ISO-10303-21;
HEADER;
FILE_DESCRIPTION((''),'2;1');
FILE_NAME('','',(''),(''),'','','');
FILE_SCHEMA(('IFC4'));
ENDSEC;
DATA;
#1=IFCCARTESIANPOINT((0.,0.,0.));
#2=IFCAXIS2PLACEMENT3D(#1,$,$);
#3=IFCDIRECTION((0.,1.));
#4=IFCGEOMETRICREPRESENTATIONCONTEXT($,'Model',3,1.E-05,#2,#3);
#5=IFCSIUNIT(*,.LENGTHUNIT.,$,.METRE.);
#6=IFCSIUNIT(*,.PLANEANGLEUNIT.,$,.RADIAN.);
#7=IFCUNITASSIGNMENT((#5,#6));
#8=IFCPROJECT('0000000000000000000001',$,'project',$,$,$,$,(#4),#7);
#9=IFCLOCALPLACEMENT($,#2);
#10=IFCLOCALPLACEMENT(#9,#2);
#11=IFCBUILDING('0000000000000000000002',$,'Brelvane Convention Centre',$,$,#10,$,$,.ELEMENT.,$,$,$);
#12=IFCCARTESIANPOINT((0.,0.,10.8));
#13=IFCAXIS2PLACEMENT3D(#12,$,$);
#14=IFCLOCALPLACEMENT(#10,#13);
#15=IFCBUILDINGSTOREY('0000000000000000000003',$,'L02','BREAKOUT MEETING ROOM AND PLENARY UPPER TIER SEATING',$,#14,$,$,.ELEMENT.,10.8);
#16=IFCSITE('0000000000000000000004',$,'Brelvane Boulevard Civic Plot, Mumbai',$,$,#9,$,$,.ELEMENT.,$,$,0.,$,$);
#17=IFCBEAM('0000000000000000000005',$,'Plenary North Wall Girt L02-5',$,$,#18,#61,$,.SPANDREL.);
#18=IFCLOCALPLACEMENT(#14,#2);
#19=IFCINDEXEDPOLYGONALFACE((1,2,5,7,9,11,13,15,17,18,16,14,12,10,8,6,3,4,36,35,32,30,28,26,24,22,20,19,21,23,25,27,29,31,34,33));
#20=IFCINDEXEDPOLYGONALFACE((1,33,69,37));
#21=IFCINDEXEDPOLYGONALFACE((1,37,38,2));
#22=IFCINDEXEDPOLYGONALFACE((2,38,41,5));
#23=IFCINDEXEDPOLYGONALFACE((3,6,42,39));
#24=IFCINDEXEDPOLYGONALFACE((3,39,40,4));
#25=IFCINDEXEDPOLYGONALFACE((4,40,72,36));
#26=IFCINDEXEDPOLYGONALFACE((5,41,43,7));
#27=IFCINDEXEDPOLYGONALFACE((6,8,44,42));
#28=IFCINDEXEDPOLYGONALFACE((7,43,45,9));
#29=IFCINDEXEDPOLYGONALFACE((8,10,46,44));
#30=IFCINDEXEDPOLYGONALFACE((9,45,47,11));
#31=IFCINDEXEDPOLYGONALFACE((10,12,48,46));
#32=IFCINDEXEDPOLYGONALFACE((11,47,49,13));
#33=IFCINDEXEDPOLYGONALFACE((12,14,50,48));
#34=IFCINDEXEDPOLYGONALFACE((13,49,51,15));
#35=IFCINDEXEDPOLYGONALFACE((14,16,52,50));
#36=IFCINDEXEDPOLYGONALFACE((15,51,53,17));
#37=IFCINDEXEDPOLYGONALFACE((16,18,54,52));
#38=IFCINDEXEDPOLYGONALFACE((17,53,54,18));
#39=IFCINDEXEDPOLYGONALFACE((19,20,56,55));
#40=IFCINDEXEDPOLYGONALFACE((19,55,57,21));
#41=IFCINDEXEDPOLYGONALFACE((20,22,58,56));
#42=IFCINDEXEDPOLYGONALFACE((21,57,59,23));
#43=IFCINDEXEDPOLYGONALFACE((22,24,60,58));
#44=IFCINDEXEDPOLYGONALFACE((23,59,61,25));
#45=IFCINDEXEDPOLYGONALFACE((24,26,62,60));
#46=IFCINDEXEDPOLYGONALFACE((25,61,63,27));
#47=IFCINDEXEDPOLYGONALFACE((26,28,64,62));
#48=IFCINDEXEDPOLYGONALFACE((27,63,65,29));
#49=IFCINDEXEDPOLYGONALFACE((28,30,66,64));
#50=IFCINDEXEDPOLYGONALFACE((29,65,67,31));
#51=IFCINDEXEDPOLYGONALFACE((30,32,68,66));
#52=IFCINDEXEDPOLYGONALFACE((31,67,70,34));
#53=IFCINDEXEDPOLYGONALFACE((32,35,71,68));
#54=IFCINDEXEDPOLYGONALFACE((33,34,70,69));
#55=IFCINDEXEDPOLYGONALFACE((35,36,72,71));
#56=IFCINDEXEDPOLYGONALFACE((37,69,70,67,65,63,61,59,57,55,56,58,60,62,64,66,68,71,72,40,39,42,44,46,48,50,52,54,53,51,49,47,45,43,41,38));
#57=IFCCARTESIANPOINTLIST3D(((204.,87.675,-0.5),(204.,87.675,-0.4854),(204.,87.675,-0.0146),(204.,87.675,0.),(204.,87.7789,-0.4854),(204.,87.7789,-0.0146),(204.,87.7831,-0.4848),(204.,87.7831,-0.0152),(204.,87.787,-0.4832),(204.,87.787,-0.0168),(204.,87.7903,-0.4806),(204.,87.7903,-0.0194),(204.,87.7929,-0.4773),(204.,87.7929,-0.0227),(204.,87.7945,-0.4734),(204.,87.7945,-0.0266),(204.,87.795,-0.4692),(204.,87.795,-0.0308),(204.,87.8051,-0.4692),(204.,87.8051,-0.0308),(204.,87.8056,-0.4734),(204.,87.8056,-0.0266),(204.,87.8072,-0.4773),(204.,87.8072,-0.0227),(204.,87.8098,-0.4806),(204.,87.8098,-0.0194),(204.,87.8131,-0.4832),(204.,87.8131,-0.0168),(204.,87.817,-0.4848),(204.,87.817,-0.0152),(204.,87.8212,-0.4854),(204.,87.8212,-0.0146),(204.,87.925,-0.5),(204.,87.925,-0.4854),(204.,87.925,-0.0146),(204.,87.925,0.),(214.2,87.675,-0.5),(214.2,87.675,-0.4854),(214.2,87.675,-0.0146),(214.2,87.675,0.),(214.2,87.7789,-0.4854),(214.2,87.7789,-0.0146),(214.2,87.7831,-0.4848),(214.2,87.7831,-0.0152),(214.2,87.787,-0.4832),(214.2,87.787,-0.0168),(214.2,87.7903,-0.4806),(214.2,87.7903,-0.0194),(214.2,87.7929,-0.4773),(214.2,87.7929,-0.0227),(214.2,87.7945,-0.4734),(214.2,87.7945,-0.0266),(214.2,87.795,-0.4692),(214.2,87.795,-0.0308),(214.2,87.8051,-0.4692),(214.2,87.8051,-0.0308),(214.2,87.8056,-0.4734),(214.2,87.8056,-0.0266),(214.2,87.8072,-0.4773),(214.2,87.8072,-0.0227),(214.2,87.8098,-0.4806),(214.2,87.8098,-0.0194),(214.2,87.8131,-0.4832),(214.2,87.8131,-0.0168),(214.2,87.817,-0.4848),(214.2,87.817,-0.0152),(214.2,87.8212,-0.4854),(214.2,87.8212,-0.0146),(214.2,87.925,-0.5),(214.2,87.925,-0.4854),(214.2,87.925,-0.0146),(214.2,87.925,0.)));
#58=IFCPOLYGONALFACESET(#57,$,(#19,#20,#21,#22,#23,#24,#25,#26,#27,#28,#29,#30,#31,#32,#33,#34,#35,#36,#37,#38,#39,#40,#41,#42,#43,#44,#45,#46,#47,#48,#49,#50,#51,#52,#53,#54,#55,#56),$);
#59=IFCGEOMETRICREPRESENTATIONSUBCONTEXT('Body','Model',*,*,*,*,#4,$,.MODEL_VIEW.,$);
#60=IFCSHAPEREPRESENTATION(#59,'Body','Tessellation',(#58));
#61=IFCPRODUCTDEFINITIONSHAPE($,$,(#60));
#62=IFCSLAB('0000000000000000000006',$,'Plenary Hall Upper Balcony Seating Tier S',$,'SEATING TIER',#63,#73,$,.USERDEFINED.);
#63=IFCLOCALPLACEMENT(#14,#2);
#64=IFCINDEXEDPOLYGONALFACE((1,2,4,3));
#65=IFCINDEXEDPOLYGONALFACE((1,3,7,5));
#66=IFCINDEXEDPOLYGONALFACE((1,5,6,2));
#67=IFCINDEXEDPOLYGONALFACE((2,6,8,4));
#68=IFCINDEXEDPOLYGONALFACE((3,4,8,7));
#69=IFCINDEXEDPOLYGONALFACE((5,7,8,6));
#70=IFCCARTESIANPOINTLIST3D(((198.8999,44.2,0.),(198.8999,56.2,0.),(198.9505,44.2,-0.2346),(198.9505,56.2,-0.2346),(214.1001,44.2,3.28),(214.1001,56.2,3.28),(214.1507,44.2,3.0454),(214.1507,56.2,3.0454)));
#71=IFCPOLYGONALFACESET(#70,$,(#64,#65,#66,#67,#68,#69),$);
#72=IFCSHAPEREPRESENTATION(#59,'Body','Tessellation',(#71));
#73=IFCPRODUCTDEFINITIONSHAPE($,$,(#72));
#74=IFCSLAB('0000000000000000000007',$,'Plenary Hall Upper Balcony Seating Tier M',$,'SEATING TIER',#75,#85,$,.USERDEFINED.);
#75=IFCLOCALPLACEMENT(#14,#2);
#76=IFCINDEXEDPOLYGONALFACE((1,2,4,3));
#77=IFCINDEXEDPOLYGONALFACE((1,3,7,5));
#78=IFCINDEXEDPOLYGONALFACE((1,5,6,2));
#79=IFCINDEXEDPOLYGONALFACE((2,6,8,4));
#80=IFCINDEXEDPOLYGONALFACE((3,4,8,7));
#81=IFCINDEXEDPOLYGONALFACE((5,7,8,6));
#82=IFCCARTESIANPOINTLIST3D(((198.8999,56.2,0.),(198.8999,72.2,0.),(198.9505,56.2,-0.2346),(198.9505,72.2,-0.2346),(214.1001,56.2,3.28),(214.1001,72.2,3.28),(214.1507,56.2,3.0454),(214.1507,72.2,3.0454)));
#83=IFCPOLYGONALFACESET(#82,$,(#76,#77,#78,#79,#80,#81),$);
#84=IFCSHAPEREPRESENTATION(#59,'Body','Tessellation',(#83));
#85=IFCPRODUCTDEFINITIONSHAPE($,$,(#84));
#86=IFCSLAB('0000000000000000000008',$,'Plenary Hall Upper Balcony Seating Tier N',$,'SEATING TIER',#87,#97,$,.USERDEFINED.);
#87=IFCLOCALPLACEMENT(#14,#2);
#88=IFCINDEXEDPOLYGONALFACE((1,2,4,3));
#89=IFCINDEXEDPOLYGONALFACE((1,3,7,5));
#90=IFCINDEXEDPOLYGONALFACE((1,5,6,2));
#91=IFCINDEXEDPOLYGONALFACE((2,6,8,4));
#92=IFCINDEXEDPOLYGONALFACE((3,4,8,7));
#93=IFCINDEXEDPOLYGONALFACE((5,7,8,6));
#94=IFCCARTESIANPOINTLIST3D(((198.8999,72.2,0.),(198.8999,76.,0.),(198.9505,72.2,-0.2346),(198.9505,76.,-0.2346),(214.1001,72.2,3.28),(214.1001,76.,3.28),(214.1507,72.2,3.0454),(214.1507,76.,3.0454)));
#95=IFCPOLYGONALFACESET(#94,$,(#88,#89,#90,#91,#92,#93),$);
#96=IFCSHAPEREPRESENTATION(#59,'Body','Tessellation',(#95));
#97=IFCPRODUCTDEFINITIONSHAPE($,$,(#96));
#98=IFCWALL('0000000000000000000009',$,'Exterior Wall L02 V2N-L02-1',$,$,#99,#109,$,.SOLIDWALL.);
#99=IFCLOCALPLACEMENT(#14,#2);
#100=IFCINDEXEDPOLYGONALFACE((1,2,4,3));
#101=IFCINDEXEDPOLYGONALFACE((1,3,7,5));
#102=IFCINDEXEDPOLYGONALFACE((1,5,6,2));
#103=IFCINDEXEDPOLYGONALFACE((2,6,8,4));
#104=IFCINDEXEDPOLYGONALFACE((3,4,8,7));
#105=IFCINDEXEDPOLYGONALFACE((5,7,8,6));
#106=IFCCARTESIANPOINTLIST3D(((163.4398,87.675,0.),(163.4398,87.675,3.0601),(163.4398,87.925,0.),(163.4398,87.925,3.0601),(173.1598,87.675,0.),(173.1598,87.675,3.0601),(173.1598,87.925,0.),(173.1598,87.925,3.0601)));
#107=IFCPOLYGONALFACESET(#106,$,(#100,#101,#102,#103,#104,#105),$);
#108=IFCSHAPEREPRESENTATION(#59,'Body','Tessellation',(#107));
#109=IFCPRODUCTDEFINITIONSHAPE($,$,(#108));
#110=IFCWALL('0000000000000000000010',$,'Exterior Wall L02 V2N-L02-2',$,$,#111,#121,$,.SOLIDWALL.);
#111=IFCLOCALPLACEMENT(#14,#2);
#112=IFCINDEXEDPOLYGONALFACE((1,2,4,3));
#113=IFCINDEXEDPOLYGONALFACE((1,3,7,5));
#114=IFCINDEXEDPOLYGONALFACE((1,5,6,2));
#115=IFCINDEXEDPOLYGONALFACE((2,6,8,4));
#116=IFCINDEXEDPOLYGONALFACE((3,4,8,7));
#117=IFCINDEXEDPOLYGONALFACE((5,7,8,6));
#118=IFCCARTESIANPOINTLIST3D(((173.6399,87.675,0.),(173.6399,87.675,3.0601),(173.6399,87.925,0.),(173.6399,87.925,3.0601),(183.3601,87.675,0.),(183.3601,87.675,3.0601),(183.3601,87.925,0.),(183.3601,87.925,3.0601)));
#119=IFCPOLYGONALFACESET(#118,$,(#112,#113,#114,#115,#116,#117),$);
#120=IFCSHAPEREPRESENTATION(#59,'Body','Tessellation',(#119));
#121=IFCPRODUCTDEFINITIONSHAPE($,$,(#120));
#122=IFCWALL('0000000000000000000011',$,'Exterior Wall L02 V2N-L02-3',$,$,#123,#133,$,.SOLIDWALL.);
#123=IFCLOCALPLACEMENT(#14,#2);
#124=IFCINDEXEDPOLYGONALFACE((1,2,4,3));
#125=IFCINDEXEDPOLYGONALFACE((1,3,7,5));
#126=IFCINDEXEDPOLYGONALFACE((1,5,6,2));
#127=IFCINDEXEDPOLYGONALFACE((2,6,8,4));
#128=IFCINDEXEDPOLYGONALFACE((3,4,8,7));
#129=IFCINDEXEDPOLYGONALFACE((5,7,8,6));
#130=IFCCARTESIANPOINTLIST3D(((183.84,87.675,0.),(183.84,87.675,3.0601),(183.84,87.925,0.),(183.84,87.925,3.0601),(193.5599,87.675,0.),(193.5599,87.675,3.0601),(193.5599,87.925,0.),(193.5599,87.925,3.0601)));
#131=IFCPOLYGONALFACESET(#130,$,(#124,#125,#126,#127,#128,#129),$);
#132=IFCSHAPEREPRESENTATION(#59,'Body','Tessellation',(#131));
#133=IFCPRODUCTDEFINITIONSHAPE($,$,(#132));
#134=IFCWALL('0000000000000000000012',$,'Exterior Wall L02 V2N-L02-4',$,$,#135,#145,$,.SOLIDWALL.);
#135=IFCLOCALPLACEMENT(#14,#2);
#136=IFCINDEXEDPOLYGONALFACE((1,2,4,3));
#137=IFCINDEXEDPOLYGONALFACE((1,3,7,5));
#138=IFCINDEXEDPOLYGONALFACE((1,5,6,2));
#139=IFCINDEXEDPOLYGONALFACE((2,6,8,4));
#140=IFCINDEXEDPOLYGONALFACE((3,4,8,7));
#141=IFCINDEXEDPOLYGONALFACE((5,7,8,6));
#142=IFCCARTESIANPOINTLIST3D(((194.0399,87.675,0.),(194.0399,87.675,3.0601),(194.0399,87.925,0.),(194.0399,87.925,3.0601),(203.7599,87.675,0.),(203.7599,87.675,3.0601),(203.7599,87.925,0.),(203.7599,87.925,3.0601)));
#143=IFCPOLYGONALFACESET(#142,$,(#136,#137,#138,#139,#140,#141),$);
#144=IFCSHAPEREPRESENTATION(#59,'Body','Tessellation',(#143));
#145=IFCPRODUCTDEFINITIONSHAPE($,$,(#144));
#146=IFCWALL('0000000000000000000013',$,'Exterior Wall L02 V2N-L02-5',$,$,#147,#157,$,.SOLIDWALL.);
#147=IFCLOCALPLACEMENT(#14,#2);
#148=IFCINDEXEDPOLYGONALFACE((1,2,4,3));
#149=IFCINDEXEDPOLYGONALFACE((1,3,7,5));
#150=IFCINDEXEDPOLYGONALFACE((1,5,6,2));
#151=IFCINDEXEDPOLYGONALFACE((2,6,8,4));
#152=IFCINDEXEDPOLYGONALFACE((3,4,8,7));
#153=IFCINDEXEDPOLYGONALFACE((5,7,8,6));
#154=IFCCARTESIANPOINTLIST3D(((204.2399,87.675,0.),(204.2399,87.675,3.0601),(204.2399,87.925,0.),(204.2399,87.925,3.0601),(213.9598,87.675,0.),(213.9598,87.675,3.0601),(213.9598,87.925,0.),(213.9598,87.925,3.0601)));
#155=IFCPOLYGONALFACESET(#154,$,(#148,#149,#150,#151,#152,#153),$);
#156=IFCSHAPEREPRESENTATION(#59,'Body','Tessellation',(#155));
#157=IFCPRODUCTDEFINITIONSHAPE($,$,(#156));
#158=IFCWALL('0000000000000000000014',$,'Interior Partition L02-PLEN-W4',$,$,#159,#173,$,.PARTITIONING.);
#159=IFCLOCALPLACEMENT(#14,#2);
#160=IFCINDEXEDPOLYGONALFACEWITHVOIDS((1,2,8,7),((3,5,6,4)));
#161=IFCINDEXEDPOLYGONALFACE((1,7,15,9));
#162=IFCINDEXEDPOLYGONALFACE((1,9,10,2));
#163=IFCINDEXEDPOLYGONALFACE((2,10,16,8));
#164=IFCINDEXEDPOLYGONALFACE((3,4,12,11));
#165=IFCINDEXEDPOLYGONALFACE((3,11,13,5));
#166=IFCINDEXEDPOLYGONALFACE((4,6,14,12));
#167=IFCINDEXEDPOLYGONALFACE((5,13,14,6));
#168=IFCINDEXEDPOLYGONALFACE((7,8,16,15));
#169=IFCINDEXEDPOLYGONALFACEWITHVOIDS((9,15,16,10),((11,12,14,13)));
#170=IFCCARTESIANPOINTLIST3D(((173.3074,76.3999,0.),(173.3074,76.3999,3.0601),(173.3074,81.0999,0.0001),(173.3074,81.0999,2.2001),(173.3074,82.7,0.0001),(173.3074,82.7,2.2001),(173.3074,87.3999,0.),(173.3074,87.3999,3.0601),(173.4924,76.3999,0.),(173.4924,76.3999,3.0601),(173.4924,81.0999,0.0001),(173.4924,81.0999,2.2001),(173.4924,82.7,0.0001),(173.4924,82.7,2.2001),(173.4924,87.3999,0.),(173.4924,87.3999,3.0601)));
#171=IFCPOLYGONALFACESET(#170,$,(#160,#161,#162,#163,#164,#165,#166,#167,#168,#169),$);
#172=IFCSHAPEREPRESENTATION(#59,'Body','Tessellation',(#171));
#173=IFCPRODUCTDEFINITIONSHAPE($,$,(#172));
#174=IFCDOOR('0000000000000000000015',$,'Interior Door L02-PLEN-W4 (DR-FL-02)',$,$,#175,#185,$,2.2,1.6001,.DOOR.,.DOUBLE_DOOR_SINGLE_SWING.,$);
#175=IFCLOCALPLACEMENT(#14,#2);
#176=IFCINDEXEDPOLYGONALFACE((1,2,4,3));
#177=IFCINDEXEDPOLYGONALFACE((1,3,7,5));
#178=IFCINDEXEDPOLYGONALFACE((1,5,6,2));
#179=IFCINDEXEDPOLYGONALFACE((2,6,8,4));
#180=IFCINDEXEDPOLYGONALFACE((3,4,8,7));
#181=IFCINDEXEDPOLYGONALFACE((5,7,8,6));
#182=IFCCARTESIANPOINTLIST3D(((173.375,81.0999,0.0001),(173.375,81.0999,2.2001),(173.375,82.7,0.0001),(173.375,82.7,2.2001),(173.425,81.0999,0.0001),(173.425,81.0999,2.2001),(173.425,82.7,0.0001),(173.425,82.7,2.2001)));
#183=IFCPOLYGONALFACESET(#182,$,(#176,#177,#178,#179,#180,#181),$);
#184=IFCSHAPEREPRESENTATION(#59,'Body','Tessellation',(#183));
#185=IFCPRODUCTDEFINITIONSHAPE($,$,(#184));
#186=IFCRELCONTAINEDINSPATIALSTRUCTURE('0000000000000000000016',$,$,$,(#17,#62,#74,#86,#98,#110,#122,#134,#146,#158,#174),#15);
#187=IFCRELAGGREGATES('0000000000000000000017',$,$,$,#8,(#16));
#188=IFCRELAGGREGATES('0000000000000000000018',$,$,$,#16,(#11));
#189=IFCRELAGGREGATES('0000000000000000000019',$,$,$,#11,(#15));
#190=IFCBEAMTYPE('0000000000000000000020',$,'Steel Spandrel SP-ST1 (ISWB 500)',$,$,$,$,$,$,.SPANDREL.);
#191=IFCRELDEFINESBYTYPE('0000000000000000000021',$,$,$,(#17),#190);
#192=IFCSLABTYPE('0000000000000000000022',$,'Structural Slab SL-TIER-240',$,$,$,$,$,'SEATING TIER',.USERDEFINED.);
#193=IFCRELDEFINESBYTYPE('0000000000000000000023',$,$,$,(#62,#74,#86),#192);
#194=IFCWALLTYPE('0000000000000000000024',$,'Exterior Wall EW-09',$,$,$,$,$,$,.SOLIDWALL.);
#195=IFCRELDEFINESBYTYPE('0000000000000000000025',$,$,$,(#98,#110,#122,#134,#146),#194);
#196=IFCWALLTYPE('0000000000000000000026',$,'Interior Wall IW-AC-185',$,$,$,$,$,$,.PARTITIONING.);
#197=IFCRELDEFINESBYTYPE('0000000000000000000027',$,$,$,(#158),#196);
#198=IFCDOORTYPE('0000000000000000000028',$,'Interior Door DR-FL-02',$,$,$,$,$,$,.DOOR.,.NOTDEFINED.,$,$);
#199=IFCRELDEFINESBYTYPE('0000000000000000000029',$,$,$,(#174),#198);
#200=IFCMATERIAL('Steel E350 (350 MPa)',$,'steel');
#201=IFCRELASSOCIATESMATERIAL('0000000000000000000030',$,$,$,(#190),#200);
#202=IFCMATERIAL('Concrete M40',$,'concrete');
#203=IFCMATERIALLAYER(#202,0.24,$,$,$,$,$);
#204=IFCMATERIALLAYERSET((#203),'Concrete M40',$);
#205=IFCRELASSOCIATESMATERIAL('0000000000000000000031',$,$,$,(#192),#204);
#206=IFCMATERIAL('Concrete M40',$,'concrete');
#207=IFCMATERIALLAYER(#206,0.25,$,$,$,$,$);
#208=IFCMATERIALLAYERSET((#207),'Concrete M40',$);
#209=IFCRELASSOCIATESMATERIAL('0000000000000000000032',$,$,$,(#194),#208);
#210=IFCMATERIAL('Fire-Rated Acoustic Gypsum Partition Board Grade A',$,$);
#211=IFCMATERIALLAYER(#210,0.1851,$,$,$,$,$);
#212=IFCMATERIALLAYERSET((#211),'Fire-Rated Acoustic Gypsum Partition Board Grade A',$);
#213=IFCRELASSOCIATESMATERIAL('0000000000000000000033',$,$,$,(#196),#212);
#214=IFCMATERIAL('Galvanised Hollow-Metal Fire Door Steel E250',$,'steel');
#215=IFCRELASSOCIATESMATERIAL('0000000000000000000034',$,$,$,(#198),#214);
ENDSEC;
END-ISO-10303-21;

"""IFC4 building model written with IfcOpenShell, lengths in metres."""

from ifc_helpers import new_model, si_unit, direction, frame, frame_2d, origin, origin_2d, place, context, subcontext, project, spatial, polyline, rectangle, i_section, outline, extrude, material, layer, layer_set, material_profile, profile_set, type_object, element, fill, save


model = new_model("IFC4")

# Units and contexts
model_context = context("Model", 3, precision=1e-05, world=origin(), true_north=direction((0.0, 1.0)))
body_context = subcontext(model_context, "Body", "Model", "MODEL_VIEW")
ifc_project = project(units=[si_unit("LENGTHUNIT", "METRE"), si_unit("PLANEANGLEUNIT", "RADIAN")], contexts=[model_context])

# Site, building, storey
site_placement = place(None, origin())
site = spatial("IfcSite", under=ifc_project, at=site_placement, Name="Brelvane Boulevard Civic Plot, Mumbai", CompositionType="ELEMENT", RefElevation=0.0)
building_placement = place(site_placement, origin())
building = spatial("IfcBuilding", under=site, at=building_placement, Name="Brelvane Convention Centre", CompositionType="ELEMENT")
storey_placement = place(building_placement, frame((0.0, 0.0, 10.8)))
storey = spatial("IfcBuildingStorey", under=building, at=storey_placement, Name="L02", Description="BREAKOUT MEETING ROOM AND PLENARY UPPER TIER SEATING", CompositionType="ELEMENT", Elevation=10.8)

# Beam
ifc_material_1 = material(Name="Steel E350 (350 MPa)", Category="steel")
ifc_material_profile_1 = material_profile(ifc_material_1, i_section(OverallWidth=0.25, OverallDepth=0.5, WebThickness=0.01, FlangeThickness=0.0146, FilletRadius=0.0161, at=origin_2d()), Name="ISWB 500")
ifc_profile_set_1 = profile_set([ifc_material_profile_1], Name="Steel E350 (350 MPa)")
beam_type_1 = type_object("IfcBeamType", Name="Steel Spandrel SP-ST1 (ISWB 500)", PredefinedType="SPANDREL", material=ifc_profile_set_1)
for number, where, z_axis, x_axis, name in (
    (1, (204.0, 87.8, -0.25), (1.0, 0.0, 0.0), (0.0, 1.0, 0.0), "Plenary North Wall Girt L02-5"),
):
    element("IfcBeam", number, at=place(storey_placement, frame(where, z_axis=z_axis, x_axis=x_axis)), inside=storey, type_object=beam_type_1, Name=name, PredefinedType="SPANDREL", context=body_context, shape_type="SweptSolid", body=[
        extrude(i_section(OverallWidth=0.25, OverallDepth=0.5, WebThickness=0.01, FlangeThickness=0.0146, FilletRadius=0.0161, at=origin_2d()), origin(), (0.0, 0.0, 1.0), 10.2),
    ])

# Slabs
ifc_material_2 = material(Name="Concrete M40", Category="concrete")
ifc_layer_1 = layer(ifc_material_2, 0.24)
ifc_layer_set_1 = layer_set([ifc_layer_1], Name="Concrete M40")
slab_type = type_object("IfcSlabType", Name="Structural Slab SL-TIER-240", ElementType="SEATING TIER", PredefinedType="USERDEFINED", material=ifc_layer_set_1)
slab_1_placement = place(storey_placement, frame((198.8999, 44.2, 0.0), z_axis=(-0.210933, 0.0, 0.9775), x_axis=(0.9775, 0.0, 0.210933)))
element("IfcSlab", 2, at=slab_1_placement, inside=storey, type_object=slab_type, Name="Plenary Hall Upper Balcony Seating Tier S", ObjectType="SEATING TIER", PredefinedType="USERDEFINED", context=body_context, shape_type="SweptSolid", body=[
    extrude(outline(polyline([(0.0, 0.0), (15.5501, 0.0), (15.5501, 12.0), (0.0, 12.0), (0.0, 0.0)])), origin(), (0.0, 0.0, -1.0), 0.24),
])
slab_2_placement = place(storey_placement, frame((198.8999, 56.2, 0.0), z_axis=(-0.210933, 0.0, 0.9775), x_axis=(0.9775, 0.0, 0.210933)))
element("IfcSlab", 3, at=slab_2_placement, inside=storey, type_object=slab_type, Name="Plenary Hall Upper Balcony Seating Tier M", ObjectType="SEATING TIER", PredefinedType="USERDEFINED", context=body_context, shape_type="SweptSolid", body=[
    extrude(outline(polyline([(0.0, 0.0), (15.5501, 0.0), (15.5501, 16.0), (0.0, 16.0), (0.0, 0.0)])), origin(), (0.0, 0.0, -1.0), 0.24),
])
slab_3_placement = place(storey_placement, frame((198.8999, 72.2, 0.0), z_axis=(-0.210933, 0.0, 0.9775), x_axis=(0.9775, 0.0, 0.210933)))
element("IfcSlab", 4, at=slab_3_placement, inside=storey, type_object=slab_type, Name="Plenary Hall Upper Balcony Seating Tier N", ObjectType="SEATING TIER", PredefinedType="USERDEFINED", context=body_context, shape_type="SweptSolid", body=[
    extrude(outline(polyline([(0.0, 0.0), (15.5501, 0.0), (15.5501, 3.8), (0.0, 3.8), (0.0, 0.0)])), origin(), (0.0, 0.0, -1.0), 0.24),
])

# Walls
ifc_material_3 = material(Name="Concrete M40", Category="concrete")
ifc_layer_2 = layer(ifc_material_3, 0.25)
ifc_layer_set_2 = layer_set([ifc_layer_2], Name="Concrete M40")
wall_type_1 = type_object("IfcWallType", Name="Exterior Wall EW-09", PredefinedType="SOLIDWALL", material=ifc_layer_set_2)
wall_1_placement = place(storey_placement, frame((163.4399, 87.8, 0.0), z_axis=(0.0, 0.0, 1.0), x_axis=(1.0, 0.0, 0.0)))
element("IfcWall", 5, at=wall_1_placement, inside=storey, type_object=wall_type_1, Name="Exterior Wall L02 V2N-L02-1", PredefinedType="SOLIDWALL", context=body_context, shape_type="SweptSolid", body=[
    extrude(rectangle(XDim=9.72, YDim=0.25, at=frame_2d((4.8599, 0.0))), origin(), (0.0, 0.0, 1.0), 3.0601),
])
wall_2_placement = place(storey_placement, frame((173.6399, 87.8, 0.0), z_axis=(0.0, 0.0, 1.0), x_axis=(1.0, 0.0, 0.0)))
element("IfcWall", 6, at=wall_2_placement, inside=storey, type_object=wall_type_1, Name="Exterior Wall L02 V2N-L02-2", PredefinedType="SOLIDWALL", context=body_context, shape_type="SweptSolid", body=[
    extrude(rectangle(XDim=9.7202, YDim=0.25, at=frame_2d((4.8601, 0.0))), origin(), (0.0, 0.0, 1.0), 3.0601),
])
for number, where, z_axis, x_axis, name in (
    (7, (183.8401, 87.8, 0.0), (0.0, 0.0, 1.0), (1.0, 0.0, 0.0), "Exterior Wall L02 V2N-L02-3"),
    (8, (194.04, 87.8, 0.0), (0.0, 0.0, 1.0), (1.0, 0.0, 0.0), "Exterior Wall L02 V2N-L02-4"),
    (9, (204.24, 87.8, 0.0), (0.0, 0.0, 1.0), (1.0, 0.0, 0.0), "Exterior Wall L02 V2N-L02-5"),
):
    element("IfcWall", number, at=place(storey_placement, frame(where, z_axis=z_axis, x_axis=x_axis)), inside=storey, type_object=wall_type_1, Name=name, PredefinedType="SOLIDWALL", context=body_context, shape_type="SweptSolid", body=[
        extrude(rectangle(XDim=9.72, YDim=0.25, at=frame_2d((4.8599, 0.0))), origin(), (0.0, 0.0, 1.0), 3.0601),
    ])

# Wall, opening, door
ifc_material_4 = material(Name="Fire-Rated Acoustic Gypsum Partition Board Grade A")
ifc_layer_3 = layer(ifc_material_4, 0.1851)
ifc_layer_set_3 = layer_set([ifc_layer_3], Name="Fire-Rated Acoustic Gypsum Partition Board Grade A")
wall_type_2 = type_object("IfcWallType", Name="Interior Wall IW-AC-185", PredefinedType="PARTITIONING", material=ifc_layer_set_3)
wall_3_placement = place(storey_placement, frame((173.3999, 76.3999, 0.0), z_axis=(0.0, 0.0, 1.0), x_axis=(0.0, 1.0, 0.0)))
wall_3 = element("IfcWall", 10, at=wall_3_placement, inside=storey, type_object=wall_type_2, Name="Interior Partition L02-PLEN-W4", PredefinedType="PARTITIONING", context=body_context, shape_type="SweptSolid", body=[
    extrude(rectangle(XDim=11.0, YDim=0.1851, at=frame_2d((5.5, 0.0))), origin(), (0.0, 0.0, 1.0), 3.0601),
])
opening_1_placement = place(wall_3_placement, frame((4.7, 0.0, 0.0)))
opening_1 = element("IfcOpeningElement", 11, at=opening_1_placement, cuts=wall_3, PredefinedType="OPENING", context=body_context, shape_type="SweptSolid", body=[
    extrude(rectangle(XDim=1.6001, YDim=2.2, at=frame_2d((0.8, 1.1001))), frame((0.0, 0.1025, 0.0), z_axis=(0.0, -1.0, 0.0), x_axis=(1.0, 0.0, 0.0)), (0.0, 0.0, 1.0), 0.2051),
])
ifc_material_5 = material(Name="Galvanised Hollow-Metal Fire Door Steel E250", Category="steel")
door_type_1 = type_object("IfcDoorType", Name="Interior Door DR-FL-02", OperationType="NOTDEFINED", PredefinedType="DOOR", material=ifc_material_5)
door_1_placement = place(opening_1_placement, origin())
door_1 = element("IfcDoor", 12, at=door_1_placement, inside=storey, type_object=door_type_1, Name="Interior Door L02-PLEN-W4 (DR-FL-02)", OperationType="DOUBLE_DOOR_SINGLE_SWING", OverallHeight=2.2, OverallWidth=1.6001, PredefinedType="DOOR", context=body_context, shape_type="SweptSolid", body=[
    extrude(rectangle(XDim=1.6001, YDim=2.2, at=frame_2d((0.8, 1.1001))), frame((0.0, 0.0249, 0.0), z_axis=(0.0, -1.0, 0.0), x_axis=(1.0, 0.0, 0.0)), (0.0, 0.0, 1.0), 0.05),
])
fill(opening_1, door_1)

save(model, "model.ifc")
